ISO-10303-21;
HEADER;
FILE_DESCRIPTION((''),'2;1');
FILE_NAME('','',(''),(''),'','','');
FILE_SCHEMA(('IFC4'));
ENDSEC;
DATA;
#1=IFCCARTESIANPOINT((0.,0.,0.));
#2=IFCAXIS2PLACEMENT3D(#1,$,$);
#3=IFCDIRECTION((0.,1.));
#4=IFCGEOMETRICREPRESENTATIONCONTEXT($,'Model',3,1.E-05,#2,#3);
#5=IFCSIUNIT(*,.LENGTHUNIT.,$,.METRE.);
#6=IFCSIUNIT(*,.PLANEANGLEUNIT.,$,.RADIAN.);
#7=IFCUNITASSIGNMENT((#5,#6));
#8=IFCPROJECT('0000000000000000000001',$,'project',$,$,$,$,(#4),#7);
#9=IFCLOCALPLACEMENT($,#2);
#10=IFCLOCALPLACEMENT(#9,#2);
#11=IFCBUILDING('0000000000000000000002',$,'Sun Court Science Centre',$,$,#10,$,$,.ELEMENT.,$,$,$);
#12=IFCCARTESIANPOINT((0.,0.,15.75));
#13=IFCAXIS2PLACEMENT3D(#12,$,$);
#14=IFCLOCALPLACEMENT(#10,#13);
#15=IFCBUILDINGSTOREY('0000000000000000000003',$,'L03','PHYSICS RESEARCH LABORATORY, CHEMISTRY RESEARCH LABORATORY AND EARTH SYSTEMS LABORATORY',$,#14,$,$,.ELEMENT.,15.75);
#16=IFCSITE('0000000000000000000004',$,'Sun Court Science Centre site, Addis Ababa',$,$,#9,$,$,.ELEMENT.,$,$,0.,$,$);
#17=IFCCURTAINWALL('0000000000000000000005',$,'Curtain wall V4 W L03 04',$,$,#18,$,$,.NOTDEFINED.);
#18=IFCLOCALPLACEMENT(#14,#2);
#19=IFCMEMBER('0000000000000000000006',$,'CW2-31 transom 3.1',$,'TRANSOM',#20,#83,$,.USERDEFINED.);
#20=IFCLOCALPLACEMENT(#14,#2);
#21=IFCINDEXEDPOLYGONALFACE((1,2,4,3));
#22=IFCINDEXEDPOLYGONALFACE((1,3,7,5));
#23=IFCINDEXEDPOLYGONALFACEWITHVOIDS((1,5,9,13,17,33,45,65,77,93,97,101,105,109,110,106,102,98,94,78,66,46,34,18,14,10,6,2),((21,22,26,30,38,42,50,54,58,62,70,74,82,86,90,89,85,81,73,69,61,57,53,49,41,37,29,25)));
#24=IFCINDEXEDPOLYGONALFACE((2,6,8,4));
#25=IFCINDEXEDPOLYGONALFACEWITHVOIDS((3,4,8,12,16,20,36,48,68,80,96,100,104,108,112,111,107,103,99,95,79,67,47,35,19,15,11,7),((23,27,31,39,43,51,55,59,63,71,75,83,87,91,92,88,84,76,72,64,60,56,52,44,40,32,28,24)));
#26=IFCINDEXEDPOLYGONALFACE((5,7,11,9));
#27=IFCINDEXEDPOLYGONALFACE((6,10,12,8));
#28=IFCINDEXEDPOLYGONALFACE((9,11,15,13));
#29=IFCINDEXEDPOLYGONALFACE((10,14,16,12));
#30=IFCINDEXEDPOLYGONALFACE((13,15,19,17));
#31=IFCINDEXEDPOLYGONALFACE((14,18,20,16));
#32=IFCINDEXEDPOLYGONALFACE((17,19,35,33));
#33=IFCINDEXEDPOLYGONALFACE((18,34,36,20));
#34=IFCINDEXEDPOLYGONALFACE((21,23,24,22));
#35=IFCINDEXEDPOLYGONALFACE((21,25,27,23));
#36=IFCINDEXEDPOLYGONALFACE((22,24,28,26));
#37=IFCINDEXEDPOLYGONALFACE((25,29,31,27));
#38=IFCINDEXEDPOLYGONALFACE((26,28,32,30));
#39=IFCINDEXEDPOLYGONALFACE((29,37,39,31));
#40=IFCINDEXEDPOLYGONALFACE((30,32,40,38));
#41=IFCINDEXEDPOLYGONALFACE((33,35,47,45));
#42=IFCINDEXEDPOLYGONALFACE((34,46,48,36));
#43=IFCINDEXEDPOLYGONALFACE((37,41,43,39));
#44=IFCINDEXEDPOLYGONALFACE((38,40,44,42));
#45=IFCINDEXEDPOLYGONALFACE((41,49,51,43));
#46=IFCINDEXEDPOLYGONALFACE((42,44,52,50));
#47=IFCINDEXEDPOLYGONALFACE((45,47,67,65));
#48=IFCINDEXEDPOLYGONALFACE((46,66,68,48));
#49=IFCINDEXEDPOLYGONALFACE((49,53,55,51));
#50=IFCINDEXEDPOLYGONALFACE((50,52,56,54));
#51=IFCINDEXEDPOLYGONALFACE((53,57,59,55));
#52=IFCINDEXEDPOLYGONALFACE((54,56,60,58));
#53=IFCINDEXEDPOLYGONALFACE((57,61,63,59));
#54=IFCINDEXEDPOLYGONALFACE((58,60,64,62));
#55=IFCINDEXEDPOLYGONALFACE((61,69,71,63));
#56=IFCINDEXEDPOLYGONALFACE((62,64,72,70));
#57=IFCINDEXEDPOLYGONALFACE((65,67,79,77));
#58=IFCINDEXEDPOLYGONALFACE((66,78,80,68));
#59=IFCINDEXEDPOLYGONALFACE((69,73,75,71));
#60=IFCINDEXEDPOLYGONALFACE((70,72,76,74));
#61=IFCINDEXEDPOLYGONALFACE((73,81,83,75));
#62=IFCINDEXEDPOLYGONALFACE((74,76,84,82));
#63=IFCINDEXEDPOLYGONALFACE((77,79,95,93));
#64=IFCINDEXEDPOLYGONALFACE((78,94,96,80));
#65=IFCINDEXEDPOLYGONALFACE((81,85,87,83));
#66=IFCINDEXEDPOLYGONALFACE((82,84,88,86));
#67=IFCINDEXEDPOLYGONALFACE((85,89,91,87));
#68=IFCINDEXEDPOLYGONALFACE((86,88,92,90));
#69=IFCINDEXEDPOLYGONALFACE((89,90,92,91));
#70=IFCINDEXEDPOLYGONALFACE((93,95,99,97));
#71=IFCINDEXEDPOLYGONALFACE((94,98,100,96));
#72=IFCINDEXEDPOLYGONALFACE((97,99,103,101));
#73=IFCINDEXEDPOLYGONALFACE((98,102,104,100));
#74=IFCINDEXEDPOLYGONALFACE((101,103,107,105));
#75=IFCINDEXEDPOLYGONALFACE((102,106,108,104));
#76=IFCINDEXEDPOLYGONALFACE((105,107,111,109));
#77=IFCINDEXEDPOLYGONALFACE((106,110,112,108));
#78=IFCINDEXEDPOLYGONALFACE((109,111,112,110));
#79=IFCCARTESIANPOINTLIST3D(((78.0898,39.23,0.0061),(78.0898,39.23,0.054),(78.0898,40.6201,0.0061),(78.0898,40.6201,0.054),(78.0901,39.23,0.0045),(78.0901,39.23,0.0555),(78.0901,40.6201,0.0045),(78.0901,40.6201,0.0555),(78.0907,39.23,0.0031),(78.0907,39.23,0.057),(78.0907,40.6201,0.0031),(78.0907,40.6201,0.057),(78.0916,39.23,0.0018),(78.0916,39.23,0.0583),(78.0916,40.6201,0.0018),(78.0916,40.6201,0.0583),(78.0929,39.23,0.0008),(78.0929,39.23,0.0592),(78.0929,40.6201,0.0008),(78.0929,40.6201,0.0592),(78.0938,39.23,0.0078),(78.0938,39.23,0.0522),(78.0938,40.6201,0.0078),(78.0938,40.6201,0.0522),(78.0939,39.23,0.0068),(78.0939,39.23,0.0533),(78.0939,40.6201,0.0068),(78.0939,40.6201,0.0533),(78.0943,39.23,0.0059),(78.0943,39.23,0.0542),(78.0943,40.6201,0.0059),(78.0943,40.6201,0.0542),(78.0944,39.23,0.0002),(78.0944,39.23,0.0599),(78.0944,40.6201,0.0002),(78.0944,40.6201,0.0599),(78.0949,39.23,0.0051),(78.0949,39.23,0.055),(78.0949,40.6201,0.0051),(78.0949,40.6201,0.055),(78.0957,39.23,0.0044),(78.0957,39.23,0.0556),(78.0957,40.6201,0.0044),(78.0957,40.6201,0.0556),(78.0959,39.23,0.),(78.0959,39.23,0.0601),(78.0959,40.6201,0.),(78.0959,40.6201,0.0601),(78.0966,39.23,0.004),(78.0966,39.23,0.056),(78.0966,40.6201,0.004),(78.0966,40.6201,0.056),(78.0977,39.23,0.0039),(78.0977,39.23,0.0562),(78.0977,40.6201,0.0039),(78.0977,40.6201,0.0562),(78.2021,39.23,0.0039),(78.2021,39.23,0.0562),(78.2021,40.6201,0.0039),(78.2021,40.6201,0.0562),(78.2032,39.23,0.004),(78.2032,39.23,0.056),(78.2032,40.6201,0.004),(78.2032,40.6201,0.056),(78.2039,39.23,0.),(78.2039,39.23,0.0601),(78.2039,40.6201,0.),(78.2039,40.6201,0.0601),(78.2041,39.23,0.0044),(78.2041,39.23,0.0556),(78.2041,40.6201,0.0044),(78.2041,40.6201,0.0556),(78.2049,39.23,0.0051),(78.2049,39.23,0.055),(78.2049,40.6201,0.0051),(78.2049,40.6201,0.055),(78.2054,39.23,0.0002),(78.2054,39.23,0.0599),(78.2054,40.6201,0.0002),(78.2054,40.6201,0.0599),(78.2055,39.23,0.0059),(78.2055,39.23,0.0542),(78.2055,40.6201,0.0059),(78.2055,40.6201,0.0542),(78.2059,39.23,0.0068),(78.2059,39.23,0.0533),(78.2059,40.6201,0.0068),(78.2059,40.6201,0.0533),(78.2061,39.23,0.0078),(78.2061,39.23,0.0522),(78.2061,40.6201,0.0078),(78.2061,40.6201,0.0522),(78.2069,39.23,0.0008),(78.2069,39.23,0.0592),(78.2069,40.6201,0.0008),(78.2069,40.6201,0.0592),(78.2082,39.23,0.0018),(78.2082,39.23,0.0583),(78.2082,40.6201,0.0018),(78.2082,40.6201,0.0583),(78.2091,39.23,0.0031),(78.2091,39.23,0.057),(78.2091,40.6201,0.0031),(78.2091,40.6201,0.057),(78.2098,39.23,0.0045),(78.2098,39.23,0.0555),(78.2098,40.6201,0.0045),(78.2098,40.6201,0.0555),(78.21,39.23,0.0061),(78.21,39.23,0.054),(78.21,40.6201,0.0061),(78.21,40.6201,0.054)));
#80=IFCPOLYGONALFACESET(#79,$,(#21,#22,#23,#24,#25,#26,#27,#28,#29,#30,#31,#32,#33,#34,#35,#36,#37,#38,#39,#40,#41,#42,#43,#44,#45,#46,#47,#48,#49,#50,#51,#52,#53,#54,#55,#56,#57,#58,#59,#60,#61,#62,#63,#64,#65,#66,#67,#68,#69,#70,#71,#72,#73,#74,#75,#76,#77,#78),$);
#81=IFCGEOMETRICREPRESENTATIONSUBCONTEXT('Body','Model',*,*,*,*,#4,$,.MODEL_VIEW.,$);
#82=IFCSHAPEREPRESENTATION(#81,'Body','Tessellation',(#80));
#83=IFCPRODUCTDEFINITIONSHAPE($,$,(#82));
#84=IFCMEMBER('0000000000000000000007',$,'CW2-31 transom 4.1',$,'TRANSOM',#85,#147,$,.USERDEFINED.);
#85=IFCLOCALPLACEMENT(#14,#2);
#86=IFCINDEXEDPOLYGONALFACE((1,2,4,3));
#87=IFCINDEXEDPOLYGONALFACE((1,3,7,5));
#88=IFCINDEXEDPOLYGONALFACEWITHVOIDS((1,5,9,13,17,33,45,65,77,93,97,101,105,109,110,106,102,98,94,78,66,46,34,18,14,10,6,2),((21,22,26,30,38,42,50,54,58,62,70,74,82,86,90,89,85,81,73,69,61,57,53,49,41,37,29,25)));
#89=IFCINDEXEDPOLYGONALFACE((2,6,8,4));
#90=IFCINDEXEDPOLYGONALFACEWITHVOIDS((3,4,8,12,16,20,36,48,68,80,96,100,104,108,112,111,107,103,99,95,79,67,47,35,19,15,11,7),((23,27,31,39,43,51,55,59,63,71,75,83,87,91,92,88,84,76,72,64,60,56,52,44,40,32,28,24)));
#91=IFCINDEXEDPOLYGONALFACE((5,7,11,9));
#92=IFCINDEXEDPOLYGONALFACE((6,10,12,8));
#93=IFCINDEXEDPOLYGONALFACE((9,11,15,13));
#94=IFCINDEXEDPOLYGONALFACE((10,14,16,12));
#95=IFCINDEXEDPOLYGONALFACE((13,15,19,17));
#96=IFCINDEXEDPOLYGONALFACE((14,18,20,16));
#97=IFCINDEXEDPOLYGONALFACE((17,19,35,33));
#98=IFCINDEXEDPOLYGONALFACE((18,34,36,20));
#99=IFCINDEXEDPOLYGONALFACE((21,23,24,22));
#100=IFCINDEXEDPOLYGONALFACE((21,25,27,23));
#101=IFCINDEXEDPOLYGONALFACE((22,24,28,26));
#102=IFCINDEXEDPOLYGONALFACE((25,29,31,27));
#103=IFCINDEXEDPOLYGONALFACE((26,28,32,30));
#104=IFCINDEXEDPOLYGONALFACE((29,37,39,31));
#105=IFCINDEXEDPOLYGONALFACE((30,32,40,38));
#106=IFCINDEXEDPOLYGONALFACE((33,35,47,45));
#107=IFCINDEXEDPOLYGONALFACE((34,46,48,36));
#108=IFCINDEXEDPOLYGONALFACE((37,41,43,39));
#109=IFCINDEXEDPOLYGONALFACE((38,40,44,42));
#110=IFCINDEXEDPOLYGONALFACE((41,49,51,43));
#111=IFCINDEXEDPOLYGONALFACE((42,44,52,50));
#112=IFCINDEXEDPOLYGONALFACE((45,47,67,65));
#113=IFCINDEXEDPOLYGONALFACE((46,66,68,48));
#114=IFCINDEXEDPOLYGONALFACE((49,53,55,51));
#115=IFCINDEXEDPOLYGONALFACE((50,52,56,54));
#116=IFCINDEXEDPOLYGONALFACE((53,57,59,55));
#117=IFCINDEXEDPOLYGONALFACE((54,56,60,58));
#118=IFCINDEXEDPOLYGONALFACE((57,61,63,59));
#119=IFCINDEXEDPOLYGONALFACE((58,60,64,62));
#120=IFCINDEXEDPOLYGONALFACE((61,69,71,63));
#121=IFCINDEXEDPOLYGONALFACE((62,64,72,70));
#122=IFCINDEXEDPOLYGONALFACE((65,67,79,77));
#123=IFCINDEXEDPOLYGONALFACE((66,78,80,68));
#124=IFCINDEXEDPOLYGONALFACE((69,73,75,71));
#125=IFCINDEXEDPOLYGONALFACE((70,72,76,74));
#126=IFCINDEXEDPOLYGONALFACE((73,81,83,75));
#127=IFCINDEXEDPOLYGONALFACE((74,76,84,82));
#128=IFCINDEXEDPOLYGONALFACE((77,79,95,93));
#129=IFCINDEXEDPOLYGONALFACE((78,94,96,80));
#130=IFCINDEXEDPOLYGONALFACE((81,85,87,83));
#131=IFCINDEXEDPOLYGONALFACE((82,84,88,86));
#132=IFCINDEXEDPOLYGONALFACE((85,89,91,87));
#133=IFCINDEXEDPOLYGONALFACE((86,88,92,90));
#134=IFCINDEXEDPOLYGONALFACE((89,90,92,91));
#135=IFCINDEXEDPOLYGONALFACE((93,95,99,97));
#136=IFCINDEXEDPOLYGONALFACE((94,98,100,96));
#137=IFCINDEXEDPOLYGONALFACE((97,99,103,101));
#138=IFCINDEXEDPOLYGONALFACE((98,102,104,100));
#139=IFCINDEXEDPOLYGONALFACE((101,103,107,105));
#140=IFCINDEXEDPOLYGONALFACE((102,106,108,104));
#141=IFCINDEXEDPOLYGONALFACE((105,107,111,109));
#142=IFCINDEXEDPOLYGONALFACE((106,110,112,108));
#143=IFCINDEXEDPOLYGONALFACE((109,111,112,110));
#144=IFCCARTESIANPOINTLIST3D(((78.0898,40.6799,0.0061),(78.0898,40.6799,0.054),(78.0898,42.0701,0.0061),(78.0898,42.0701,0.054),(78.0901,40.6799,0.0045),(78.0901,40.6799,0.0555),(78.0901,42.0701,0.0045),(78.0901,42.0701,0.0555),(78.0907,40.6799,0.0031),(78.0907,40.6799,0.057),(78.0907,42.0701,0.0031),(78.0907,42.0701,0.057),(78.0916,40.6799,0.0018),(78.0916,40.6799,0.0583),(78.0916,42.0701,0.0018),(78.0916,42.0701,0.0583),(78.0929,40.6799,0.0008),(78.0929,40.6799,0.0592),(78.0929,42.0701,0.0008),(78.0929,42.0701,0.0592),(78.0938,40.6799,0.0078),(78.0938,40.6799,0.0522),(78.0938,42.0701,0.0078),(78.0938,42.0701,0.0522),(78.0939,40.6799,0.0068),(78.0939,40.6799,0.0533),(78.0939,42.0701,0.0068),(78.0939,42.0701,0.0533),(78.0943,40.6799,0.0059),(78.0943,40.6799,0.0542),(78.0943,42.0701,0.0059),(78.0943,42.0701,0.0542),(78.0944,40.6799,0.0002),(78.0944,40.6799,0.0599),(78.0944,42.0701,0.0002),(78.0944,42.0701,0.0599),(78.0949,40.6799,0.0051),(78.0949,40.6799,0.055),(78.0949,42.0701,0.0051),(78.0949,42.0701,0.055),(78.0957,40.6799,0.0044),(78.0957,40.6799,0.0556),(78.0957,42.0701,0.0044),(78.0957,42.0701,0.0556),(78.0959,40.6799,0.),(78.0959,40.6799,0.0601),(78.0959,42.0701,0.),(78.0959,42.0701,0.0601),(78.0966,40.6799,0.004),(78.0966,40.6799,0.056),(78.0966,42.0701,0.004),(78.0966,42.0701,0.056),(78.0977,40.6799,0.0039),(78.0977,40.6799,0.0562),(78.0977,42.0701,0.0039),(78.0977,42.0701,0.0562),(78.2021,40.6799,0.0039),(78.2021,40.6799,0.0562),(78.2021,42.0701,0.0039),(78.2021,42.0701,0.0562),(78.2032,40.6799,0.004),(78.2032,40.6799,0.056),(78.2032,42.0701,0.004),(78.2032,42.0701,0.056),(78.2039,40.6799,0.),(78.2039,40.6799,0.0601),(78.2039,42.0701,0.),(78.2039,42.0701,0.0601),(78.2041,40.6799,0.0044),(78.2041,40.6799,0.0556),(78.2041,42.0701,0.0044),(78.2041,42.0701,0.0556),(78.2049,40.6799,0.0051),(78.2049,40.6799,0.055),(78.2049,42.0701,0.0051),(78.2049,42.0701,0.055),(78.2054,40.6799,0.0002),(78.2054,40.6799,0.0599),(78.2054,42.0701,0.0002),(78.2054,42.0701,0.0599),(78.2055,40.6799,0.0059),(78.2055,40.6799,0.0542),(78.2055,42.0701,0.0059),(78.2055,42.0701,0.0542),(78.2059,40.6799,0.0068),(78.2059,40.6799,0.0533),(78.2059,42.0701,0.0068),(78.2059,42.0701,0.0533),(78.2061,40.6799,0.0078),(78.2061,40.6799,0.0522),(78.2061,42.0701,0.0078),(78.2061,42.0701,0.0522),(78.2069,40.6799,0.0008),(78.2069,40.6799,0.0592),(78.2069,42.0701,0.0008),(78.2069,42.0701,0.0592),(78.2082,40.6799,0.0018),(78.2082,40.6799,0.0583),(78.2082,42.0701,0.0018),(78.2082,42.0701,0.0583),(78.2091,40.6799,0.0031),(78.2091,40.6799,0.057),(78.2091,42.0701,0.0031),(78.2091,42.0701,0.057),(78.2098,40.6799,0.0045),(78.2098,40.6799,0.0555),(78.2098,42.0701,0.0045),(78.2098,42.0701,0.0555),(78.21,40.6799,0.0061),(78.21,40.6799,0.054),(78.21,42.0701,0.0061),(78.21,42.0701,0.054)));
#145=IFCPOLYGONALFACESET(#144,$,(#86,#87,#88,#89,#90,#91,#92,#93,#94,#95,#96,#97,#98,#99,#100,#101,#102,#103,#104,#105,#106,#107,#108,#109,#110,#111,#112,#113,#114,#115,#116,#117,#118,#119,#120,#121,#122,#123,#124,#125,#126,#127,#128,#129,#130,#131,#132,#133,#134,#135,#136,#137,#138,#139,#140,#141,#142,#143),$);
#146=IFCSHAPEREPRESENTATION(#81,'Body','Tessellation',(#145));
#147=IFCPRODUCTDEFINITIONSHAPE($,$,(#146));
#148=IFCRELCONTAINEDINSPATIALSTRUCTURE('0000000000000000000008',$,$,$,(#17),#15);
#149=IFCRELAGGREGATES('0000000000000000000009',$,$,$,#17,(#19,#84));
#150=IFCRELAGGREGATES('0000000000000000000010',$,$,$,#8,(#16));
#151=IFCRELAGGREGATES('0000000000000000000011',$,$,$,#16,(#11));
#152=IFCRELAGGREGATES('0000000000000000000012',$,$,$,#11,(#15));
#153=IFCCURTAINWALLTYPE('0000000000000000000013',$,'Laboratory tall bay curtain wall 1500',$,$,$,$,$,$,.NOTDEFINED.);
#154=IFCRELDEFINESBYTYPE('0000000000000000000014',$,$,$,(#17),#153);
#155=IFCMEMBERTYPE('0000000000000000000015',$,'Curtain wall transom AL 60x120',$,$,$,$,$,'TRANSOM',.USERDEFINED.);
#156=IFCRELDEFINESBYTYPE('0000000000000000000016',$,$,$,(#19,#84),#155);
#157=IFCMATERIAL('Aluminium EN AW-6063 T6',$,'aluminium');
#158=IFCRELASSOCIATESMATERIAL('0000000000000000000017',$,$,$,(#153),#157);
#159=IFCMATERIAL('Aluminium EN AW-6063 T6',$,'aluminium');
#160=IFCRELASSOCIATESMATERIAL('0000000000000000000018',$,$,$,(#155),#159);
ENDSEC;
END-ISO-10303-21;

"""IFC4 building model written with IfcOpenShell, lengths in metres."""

from ifc_helpers import new_model, si_unit, direction, frame, origin, origin_2d, place, context, subcontext, project, spatial, hollow_rectangle, extrude, material, material_profile, profile_set, type_object, element, aggregate, save


model = new_model("IFC4")

# Units and contexts
model_context = context("Model", 3, precision=1e-05, world=origin(), true_north=direction((0.0, 1.0)))
body_context = subcontext(model_context, "Body", "Model", "MODEL_VIEW")
ifc_project = project(units=[si_unit("LENGTHUNIT", "METRE"), si_unit("PLANEANGLEUNIT", "RADIAN")], contexts=[model_context])

# Site, building, storey
site_placement = place(None, origin())
site = spatial("IfcSite", under=ifc_project, at=site_placement, Name="Sun Court Science Centre site, Addis Ababa", CompositionType="ELEMENT", RefElevation=0.0)
building_placement = place(site_placement, origin())
building = spatial("IfcBuilding", under=site, at=building_placement, Name="Sun Court Science Centre", CompositionType="ELEMENT")
storey_placement = place(building_placement, frame((0.0, 0.0, 15.75)))
storey = spatial("IfcBuildingStorey", under=building, at=storey_placement, Name="L03", Description="PHYSICS RESEARCH LABORATORY, CHEMISTRY RESEARCH LABORATORY AND EARTH SYSTEMS LABORATORY", CompositionType="ELEMENT", Elevation=15.75)

# Curtain wall
ifc_material_1 = material(Name="Aluminium EN AW-6063 T6", Category="aluminium")
curtain_wall_type = type_object("IfcCurtainWallType", Name="Laboratory tall bay curtain wall 1500", PredefinedType="NOTDEFINED", material=ifc_material_1)
curtain_wall_1_placement = place(storey_placement, origin())
curtain_wall_1 = element("IfcCurtainWall", 1, at=curtain_wall_1_placement, inside=storey, type_object=curtain_wall_type, Name="Curtain wall V4 W L03 04", PredefinedType="NOTDEFINED")

# Members
ifc_material_2 = material(Name="Aluminium EN AW-6063 T6", Category="aluminium")
ifc_material_profile_1 = material_profile(ifc_material_2, hollow_rectangle(XDim=0.0601, YDim=0.1201, WallThickness=0.0039, InnerFilletRadius=0.0039, OuterFilletRadius=0.0061, at=origin_2d()), Name="AL 60x120x4")
ifc_profile_set_1 = profile_set([ifc_material_profile_1], Name="Aluminium EN AW-6063 T6")
member_type_1 = type_object("IfcMemberType", Name="Curtain wall transom AL 60x120", ElementType="TRANSOM", PredefinedType="USERDEFINED", material=ifc_profile_set_1)
member_1_placement = place(storey_placement, frame((78.1499, 39.23, 0.03), z_axis=(0.0, 1.0, 0.0), x_axis=(0.0, 0.0, 1.0)))
member_1 = element("IfcMember", 2, at=member_1_placement, type_object=member_type_1, Name="CW2-31 transom 3.1", ObjectType="TRANSOM", PredefinedType="USERDEFINED", context=body_context, shape_type="SweptSolid", body=[
    extrude(hollow_rectangle(XDim=0.0601, YDim=0.1201, WallThickness=0.0039, InnerFilletRadius=0.0039, OuterFilletRadius=0.0061, at=origin_2d()), origin(), (0.0, 0.0, 1.0), 1.3901),
])
member_2_placement = place(storey_placement, frame((78.1499, 40.6799, 0.03), z_axis=(0.0, 1.0, 0.0), x_axis=(0.0, 0.0, 1.0)))
member_2 = element("IfcMember", 3, at=member_2_placement, type_object=member_type_1, Name="CW2-31 transom 4.1", ObjectType="TRANSOM", PredefinedType="USERDEFINED", context=body_context, shape_type="SweptSolid", body=[
    extrude(hollow_rectangle(XDim=0.0601, YDim=0.1201, WallThickness=0.0039, InnerFilletRadius=0.0039, OuterFilletRadius=0.0061, at=origin_2d()), origin(), (0.0, 0.0, 1.0), 1.3901),
])

aggregate(curtain_wall_1, [member_1, member_2])

save(model, "model.ifc")
